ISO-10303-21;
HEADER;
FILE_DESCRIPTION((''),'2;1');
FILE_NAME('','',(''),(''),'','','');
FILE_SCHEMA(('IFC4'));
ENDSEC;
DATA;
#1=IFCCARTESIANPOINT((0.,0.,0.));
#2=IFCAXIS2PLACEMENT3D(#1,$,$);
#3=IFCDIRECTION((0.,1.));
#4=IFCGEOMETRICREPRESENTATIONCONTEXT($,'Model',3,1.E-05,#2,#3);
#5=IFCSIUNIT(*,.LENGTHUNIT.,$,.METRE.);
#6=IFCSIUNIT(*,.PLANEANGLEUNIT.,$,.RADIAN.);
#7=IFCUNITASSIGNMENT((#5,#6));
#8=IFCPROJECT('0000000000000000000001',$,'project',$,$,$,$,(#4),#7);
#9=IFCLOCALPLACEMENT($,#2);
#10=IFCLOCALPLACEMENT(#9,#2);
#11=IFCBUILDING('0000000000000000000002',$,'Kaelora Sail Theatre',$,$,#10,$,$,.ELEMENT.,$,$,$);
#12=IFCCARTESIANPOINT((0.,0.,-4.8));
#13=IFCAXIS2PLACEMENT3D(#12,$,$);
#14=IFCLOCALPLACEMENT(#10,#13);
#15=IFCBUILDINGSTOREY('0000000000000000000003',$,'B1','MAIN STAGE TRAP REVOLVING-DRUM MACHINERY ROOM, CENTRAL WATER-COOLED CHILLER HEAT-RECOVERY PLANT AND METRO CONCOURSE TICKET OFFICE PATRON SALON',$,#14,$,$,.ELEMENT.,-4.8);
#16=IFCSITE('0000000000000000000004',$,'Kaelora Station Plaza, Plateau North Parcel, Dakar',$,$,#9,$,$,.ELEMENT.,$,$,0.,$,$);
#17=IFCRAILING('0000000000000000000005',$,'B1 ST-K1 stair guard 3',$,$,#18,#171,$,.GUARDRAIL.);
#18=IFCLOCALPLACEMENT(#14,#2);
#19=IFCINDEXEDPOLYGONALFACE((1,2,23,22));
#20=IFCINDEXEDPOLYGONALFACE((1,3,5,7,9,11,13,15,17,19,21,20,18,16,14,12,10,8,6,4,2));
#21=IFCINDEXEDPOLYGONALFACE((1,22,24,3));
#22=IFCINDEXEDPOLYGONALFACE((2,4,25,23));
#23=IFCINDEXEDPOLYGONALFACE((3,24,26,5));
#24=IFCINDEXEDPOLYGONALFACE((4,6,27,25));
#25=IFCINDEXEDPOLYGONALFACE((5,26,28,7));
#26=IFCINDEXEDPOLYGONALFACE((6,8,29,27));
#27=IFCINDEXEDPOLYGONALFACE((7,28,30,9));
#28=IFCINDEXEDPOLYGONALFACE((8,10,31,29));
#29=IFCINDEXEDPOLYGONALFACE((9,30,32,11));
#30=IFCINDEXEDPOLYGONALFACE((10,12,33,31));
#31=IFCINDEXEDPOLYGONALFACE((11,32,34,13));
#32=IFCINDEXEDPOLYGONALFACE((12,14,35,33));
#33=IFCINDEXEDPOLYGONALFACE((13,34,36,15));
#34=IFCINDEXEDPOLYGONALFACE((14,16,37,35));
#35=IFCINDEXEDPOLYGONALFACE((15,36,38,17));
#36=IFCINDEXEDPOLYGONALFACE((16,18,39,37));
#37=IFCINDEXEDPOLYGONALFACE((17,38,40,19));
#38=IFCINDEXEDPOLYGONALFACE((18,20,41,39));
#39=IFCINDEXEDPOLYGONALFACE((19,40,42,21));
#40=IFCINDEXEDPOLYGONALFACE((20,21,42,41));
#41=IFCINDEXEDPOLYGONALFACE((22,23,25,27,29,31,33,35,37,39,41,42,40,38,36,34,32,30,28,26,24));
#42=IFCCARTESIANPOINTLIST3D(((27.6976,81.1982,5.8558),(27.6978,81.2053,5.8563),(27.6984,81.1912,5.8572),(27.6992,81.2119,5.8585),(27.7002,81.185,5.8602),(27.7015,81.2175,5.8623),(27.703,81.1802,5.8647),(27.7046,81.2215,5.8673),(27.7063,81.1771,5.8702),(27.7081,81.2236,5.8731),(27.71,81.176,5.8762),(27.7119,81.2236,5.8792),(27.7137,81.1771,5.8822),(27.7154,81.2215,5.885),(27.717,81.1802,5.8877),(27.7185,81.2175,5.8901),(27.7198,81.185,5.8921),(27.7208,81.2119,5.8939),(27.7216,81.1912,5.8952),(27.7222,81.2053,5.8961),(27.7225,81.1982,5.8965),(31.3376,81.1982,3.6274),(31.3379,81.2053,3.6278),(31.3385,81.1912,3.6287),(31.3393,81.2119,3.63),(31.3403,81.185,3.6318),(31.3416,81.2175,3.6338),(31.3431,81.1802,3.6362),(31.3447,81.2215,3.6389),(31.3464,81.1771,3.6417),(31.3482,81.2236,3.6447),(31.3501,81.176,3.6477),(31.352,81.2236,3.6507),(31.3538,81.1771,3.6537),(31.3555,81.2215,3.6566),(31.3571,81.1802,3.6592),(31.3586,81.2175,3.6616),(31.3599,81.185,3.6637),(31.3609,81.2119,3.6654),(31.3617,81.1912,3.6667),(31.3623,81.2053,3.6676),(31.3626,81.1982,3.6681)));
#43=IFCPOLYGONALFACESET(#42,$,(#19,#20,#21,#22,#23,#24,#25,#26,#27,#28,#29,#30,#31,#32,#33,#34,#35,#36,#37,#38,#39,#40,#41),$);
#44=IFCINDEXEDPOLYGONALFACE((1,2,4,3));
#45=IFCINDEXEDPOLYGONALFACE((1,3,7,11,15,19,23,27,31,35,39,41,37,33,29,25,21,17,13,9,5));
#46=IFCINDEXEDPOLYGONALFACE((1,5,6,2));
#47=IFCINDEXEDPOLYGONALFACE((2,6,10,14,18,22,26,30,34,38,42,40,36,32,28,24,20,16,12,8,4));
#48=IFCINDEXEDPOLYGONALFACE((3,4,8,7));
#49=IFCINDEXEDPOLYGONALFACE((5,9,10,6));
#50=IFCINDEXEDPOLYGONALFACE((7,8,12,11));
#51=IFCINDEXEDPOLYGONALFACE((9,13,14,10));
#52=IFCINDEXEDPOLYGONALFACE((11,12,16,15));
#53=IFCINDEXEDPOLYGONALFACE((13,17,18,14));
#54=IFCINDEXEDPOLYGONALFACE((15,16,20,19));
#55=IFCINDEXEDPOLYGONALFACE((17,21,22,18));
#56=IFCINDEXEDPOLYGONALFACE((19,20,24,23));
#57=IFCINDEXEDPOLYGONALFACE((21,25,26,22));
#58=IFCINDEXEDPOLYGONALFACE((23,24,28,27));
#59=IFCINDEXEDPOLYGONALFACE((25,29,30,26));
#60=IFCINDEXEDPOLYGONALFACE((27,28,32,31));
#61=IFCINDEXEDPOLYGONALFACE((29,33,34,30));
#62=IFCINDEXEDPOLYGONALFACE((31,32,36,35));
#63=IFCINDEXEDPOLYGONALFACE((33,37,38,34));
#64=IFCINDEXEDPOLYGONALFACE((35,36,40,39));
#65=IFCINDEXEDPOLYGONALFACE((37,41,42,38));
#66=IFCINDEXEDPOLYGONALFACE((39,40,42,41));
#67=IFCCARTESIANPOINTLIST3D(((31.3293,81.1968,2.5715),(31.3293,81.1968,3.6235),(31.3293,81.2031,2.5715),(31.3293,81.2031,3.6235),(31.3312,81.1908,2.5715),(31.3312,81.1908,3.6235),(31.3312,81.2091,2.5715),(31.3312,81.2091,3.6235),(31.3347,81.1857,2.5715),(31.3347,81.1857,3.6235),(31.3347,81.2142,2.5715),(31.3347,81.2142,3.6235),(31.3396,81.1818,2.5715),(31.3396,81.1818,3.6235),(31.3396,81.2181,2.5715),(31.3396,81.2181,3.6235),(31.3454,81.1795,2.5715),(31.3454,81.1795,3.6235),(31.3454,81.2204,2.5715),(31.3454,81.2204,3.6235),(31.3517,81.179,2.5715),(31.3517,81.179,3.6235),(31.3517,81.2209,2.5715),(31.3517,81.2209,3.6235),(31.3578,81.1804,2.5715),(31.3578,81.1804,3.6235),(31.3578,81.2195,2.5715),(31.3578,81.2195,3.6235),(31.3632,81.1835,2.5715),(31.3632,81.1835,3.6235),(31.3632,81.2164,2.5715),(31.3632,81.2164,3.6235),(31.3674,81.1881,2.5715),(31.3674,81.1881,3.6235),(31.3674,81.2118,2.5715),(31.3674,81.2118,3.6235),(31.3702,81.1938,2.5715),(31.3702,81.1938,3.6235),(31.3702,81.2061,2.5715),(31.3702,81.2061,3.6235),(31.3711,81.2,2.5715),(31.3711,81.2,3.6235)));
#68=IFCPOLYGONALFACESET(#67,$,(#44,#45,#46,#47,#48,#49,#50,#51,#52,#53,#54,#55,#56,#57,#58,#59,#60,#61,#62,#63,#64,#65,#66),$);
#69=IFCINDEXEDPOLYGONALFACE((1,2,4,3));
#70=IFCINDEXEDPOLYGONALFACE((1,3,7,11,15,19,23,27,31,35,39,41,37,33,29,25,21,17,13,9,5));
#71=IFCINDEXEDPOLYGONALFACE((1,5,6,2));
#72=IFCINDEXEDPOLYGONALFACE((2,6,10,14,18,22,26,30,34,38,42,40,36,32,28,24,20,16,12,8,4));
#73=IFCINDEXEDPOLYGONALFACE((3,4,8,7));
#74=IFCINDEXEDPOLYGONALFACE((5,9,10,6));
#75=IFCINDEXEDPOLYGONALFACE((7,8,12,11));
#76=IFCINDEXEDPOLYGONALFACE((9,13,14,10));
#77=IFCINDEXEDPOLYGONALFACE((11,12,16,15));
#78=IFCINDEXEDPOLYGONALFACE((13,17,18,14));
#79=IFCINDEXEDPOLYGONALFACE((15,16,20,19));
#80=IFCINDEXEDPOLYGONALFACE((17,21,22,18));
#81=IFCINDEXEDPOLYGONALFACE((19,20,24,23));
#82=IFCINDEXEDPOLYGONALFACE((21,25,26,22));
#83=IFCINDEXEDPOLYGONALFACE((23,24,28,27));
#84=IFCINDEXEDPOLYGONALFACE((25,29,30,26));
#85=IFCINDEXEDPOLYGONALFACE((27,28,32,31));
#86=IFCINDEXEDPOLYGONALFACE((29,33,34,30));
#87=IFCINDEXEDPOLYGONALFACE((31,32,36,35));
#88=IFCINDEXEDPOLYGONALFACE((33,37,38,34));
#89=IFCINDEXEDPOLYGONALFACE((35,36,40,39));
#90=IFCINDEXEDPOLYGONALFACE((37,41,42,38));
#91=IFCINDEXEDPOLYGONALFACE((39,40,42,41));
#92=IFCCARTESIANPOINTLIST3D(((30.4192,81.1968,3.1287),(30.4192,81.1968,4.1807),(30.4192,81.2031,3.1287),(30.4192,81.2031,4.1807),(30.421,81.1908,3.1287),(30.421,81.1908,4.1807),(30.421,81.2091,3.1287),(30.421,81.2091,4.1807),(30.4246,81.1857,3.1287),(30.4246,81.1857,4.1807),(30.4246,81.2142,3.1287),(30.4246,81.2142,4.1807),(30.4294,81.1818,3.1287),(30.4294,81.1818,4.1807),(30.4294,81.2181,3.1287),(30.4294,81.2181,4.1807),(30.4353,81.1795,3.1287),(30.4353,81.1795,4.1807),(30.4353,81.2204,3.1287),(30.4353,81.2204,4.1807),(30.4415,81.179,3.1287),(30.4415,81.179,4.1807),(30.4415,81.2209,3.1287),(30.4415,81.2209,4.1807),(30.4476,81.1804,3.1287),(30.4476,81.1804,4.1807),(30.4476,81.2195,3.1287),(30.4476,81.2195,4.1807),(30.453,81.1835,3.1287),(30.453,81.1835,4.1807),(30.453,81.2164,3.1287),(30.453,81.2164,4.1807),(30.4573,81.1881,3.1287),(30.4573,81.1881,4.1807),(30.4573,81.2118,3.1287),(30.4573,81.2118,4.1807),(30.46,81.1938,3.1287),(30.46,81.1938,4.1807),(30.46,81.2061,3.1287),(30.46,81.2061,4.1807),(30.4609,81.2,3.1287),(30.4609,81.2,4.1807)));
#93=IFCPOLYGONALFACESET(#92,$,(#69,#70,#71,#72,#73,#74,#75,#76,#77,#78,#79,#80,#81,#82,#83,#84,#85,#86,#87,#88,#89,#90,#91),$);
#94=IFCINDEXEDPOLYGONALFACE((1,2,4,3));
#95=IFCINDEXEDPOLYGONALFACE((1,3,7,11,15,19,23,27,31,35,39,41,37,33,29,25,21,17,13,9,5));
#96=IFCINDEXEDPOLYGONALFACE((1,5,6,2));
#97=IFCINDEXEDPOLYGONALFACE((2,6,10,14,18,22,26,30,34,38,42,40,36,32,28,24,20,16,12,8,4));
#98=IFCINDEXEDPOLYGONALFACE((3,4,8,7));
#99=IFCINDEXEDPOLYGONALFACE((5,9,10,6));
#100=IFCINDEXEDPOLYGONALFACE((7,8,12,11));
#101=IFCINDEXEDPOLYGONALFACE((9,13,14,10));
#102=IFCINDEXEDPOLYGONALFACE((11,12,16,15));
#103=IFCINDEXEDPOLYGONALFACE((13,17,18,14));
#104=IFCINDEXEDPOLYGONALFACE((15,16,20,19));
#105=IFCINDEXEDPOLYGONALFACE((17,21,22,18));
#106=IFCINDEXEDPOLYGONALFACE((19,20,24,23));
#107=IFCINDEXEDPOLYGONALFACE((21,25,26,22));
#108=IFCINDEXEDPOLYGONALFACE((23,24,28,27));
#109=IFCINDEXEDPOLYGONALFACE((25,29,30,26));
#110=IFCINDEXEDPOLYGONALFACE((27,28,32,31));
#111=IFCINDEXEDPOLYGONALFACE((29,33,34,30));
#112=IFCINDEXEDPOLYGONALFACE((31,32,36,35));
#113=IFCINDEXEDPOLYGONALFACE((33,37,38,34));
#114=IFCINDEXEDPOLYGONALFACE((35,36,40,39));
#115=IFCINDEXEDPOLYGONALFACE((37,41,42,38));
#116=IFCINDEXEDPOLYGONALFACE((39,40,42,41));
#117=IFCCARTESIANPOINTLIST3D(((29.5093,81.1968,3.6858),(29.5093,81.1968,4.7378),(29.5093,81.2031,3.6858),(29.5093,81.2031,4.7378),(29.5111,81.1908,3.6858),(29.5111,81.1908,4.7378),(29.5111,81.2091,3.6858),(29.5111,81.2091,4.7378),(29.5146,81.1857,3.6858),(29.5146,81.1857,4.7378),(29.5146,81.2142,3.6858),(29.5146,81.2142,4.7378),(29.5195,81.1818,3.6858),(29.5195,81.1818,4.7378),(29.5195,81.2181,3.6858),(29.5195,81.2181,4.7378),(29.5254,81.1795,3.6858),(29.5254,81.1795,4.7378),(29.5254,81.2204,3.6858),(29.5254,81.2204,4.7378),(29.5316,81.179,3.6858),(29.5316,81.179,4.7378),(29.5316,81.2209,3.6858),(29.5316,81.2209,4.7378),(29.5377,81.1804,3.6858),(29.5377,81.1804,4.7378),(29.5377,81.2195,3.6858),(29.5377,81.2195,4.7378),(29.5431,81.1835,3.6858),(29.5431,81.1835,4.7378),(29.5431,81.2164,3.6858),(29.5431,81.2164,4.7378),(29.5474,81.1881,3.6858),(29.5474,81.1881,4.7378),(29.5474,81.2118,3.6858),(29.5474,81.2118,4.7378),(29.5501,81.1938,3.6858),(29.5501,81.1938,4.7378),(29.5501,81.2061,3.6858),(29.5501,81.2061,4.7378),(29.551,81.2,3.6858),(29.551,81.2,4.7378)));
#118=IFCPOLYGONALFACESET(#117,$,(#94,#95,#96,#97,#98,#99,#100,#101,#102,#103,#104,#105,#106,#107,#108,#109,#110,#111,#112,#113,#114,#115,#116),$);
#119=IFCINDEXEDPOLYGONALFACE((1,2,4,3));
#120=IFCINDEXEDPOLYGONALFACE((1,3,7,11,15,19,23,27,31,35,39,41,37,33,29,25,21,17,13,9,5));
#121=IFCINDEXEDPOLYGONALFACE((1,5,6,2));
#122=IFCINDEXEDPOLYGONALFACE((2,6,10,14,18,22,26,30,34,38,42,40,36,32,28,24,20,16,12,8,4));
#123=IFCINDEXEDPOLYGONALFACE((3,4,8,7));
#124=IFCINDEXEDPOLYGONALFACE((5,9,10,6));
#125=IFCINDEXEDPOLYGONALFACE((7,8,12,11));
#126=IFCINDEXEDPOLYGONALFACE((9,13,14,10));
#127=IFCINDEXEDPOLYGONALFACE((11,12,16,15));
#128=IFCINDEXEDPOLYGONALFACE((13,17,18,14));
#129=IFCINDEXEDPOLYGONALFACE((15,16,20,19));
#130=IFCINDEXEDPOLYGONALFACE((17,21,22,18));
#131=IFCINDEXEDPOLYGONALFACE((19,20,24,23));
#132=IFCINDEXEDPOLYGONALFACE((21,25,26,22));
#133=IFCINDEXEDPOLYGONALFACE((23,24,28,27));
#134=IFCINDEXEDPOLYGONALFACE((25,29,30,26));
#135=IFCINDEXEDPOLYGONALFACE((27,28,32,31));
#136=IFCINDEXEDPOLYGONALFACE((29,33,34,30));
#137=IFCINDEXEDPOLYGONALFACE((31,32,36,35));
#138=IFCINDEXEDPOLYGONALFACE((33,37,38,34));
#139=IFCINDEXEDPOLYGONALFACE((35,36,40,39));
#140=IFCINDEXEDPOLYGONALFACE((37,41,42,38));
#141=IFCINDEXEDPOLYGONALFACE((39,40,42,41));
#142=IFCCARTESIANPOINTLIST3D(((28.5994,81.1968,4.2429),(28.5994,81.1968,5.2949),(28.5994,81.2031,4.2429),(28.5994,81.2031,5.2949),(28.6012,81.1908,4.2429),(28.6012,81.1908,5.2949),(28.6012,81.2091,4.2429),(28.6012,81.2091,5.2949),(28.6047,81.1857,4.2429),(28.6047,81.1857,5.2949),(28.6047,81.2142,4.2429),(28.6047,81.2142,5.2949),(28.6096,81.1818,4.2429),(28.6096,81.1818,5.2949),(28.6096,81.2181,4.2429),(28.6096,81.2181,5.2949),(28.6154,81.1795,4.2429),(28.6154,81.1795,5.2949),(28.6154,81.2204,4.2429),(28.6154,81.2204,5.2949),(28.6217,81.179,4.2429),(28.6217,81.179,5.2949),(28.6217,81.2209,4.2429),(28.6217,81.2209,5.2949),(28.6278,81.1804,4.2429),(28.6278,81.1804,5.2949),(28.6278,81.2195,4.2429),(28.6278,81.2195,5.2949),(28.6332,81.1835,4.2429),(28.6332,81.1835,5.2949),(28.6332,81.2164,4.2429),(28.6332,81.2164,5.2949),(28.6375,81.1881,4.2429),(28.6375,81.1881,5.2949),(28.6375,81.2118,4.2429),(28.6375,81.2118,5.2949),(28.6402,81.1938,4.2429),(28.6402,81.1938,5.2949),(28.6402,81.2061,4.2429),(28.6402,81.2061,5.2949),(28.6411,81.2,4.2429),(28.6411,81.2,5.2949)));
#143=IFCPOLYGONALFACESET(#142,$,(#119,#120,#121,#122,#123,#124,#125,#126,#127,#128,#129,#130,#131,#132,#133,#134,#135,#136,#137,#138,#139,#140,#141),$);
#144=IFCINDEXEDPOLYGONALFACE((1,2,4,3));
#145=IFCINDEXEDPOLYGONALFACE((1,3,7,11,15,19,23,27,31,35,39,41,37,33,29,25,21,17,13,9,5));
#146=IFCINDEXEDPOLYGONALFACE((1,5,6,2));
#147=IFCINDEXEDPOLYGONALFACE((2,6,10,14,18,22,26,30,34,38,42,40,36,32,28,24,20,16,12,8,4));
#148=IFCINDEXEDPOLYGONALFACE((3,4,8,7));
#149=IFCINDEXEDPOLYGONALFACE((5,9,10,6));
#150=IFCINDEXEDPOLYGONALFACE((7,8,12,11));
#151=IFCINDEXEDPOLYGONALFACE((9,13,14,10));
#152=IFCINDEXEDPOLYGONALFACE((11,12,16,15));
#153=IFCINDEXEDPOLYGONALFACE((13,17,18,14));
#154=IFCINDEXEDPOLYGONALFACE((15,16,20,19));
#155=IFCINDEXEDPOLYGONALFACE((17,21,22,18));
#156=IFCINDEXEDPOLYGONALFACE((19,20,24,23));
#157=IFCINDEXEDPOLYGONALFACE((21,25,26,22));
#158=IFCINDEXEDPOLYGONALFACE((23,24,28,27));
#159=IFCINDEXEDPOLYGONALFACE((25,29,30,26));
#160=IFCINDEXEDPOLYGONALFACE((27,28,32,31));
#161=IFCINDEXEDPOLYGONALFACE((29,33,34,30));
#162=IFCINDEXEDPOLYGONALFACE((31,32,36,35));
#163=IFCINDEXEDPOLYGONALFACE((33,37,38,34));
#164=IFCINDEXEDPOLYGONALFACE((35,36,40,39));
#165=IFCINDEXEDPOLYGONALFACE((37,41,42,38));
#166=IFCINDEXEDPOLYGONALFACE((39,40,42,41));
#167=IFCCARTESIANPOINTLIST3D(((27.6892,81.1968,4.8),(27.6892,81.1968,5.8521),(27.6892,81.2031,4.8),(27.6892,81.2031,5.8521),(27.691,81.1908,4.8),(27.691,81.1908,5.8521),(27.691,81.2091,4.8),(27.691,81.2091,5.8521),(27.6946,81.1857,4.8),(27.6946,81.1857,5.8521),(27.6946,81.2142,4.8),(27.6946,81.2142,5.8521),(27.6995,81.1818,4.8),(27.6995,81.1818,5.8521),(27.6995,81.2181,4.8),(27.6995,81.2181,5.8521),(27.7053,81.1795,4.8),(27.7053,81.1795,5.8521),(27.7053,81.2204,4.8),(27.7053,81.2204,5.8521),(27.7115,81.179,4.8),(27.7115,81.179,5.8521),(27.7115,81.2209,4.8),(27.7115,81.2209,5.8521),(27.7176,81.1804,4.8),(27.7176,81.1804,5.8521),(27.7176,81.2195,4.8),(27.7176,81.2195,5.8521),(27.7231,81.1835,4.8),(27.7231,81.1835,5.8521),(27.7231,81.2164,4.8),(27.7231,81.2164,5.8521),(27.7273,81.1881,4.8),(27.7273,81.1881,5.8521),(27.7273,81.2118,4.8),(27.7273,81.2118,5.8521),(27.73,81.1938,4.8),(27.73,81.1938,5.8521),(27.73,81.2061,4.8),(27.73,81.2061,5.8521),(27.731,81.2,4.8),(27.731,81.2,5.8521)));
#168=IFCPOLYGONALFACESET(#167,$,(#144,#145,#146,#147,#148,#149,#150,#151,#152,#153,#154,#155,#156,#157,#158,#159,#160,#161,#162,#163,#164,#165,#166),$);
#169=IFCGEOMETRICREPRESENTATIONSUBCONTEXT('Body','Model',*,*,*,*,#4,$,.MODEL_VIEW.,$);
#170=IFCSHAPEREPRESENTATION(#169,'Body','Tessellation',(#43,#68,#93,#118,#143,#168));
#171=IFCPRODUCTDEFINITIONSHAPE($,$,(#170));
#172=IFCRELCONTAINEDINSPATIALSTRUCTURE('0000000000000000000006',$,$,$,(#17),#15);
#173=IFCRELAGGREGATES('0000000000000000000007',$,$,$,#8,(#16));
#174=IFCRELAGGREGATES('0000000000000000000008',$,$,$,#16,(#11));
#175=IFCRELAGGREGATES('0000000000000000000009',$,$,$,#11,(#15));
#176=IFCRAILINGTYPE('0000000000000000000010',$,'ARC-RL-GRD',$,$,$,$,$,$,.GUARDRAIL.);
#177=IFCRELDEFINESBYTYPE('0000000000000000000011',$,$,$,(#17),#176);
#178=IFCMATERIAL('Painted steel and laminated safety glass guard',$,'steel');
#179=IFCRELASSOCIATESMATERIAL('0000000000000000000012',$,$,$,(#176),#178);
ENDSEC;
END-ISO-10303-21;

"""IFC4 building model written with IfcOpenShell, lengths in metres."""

from ifc_helpers import new_model, si_unit, direction, frame, origin, origin_2d, place, context, subcontext, project, spatial, circle, extrude, material, type_object, element, save


model = new_model("IFC4")

# Units and contexts
model_context = context("Model", 3, precision=1e-05, world=origin(), true_north=direction((0.0, 1.0)))
body_context = subcontext(model_context, "Body", "Model", "MODEL_VIEW")
ifc_project = project(units=[si_unit("LENGTHUNIT", "METRE"), si_unit("PLANEANGLEUNIT", "RADIAN")], contexts=[model_context])

# Site, building, storey
site_placement = place(None, origin())
site = spatial("IfcSite", under=ifc_project, at=site_placement, Name="Kaelora Station Plaza, Plateau North Parcel, Dakar", CompositionType="ELEMENT", RefElevation=0.0)
building_placement = place(site_placement, origin())
building = spatial("IfcBuilding", under=site, at=building_placement, Name="Kaelora Sail Theatre", CompositionType="ELEMENT")
storey_placement = place(building_placement, frame((0.0, 0.0, -4.8)))
storey = spatial("IfcBuildingStorey", under=building, at=storey_placement, Name="B1", Description="MAIN STAGE TRAP REVOLVING-DRUM MACHINERY ROOM, CENTRAL WATER-COOLED CHILLER HEAT-RECOVERY PLANT AND METRO CONCOURSE TICKET OFFICE PATRON SALON", CompositionType="ELEMENT", Elevation=-4.8)

# Railing
ifc_material_1 = material(Name="Painted steel and laminated safety glass guard", Category="steel")
railing_type_1 = type_object("IfcRailingType", Name="ARC-RL-GRD", PredefinedType="GUARDRAIL", material=ifc_material_1)
railing_1_placement = place(storey_placement, frame((31.3501, 81.2, 2.5715)))
element("IfcRailing", 1, at=railing_1_placement, inside=storey, type_object=railing_type_1, Name="B1 ST-K1 stair guard 3", PredefinedType="GUARDRAIL", context=body_context, shape_type="SweptSolid", body=[
    extrude(circle(Radius=0.0239, at=origin_2d()), frame((0.0, 0.0, 1.0762), z_axis=(-0.852866, 0.0, 0.52213), x_axis=(0.0, -1.0, 0.0)), (0.0, 0.0, 1.0), 4.2681),
    extrude(circle(Radius=0.021, at=origin_2d()), origin(), (0.0, 0.0, 1.0), 1.052),
    extrude(circle(Radius=0.021, at=origin_2d()), frame((-0.9102, 0.0, 0.5571)), (0.0, 0.0, 1.0), 1.052),
    extrude(circle(Radius=0.021, at=origin_2d()), frame((-1.8201, 0.0, 1.1143)), (0.0, 0.0, 1.0), 1.052),
    extrude(circle(Radius=0.021, at=origin_2d()), frame((-2.73, 0.0, 1.6714)), (0.0, 0.0, 1.0), 1.052),
    extrude(circle(Radius=0.021, at=origin_2d()), frame((-3.6401, 0.0, 2.2285)), (0.0, 0.0, 1.0), 1.052),
])

save(model, "model.ifc")
